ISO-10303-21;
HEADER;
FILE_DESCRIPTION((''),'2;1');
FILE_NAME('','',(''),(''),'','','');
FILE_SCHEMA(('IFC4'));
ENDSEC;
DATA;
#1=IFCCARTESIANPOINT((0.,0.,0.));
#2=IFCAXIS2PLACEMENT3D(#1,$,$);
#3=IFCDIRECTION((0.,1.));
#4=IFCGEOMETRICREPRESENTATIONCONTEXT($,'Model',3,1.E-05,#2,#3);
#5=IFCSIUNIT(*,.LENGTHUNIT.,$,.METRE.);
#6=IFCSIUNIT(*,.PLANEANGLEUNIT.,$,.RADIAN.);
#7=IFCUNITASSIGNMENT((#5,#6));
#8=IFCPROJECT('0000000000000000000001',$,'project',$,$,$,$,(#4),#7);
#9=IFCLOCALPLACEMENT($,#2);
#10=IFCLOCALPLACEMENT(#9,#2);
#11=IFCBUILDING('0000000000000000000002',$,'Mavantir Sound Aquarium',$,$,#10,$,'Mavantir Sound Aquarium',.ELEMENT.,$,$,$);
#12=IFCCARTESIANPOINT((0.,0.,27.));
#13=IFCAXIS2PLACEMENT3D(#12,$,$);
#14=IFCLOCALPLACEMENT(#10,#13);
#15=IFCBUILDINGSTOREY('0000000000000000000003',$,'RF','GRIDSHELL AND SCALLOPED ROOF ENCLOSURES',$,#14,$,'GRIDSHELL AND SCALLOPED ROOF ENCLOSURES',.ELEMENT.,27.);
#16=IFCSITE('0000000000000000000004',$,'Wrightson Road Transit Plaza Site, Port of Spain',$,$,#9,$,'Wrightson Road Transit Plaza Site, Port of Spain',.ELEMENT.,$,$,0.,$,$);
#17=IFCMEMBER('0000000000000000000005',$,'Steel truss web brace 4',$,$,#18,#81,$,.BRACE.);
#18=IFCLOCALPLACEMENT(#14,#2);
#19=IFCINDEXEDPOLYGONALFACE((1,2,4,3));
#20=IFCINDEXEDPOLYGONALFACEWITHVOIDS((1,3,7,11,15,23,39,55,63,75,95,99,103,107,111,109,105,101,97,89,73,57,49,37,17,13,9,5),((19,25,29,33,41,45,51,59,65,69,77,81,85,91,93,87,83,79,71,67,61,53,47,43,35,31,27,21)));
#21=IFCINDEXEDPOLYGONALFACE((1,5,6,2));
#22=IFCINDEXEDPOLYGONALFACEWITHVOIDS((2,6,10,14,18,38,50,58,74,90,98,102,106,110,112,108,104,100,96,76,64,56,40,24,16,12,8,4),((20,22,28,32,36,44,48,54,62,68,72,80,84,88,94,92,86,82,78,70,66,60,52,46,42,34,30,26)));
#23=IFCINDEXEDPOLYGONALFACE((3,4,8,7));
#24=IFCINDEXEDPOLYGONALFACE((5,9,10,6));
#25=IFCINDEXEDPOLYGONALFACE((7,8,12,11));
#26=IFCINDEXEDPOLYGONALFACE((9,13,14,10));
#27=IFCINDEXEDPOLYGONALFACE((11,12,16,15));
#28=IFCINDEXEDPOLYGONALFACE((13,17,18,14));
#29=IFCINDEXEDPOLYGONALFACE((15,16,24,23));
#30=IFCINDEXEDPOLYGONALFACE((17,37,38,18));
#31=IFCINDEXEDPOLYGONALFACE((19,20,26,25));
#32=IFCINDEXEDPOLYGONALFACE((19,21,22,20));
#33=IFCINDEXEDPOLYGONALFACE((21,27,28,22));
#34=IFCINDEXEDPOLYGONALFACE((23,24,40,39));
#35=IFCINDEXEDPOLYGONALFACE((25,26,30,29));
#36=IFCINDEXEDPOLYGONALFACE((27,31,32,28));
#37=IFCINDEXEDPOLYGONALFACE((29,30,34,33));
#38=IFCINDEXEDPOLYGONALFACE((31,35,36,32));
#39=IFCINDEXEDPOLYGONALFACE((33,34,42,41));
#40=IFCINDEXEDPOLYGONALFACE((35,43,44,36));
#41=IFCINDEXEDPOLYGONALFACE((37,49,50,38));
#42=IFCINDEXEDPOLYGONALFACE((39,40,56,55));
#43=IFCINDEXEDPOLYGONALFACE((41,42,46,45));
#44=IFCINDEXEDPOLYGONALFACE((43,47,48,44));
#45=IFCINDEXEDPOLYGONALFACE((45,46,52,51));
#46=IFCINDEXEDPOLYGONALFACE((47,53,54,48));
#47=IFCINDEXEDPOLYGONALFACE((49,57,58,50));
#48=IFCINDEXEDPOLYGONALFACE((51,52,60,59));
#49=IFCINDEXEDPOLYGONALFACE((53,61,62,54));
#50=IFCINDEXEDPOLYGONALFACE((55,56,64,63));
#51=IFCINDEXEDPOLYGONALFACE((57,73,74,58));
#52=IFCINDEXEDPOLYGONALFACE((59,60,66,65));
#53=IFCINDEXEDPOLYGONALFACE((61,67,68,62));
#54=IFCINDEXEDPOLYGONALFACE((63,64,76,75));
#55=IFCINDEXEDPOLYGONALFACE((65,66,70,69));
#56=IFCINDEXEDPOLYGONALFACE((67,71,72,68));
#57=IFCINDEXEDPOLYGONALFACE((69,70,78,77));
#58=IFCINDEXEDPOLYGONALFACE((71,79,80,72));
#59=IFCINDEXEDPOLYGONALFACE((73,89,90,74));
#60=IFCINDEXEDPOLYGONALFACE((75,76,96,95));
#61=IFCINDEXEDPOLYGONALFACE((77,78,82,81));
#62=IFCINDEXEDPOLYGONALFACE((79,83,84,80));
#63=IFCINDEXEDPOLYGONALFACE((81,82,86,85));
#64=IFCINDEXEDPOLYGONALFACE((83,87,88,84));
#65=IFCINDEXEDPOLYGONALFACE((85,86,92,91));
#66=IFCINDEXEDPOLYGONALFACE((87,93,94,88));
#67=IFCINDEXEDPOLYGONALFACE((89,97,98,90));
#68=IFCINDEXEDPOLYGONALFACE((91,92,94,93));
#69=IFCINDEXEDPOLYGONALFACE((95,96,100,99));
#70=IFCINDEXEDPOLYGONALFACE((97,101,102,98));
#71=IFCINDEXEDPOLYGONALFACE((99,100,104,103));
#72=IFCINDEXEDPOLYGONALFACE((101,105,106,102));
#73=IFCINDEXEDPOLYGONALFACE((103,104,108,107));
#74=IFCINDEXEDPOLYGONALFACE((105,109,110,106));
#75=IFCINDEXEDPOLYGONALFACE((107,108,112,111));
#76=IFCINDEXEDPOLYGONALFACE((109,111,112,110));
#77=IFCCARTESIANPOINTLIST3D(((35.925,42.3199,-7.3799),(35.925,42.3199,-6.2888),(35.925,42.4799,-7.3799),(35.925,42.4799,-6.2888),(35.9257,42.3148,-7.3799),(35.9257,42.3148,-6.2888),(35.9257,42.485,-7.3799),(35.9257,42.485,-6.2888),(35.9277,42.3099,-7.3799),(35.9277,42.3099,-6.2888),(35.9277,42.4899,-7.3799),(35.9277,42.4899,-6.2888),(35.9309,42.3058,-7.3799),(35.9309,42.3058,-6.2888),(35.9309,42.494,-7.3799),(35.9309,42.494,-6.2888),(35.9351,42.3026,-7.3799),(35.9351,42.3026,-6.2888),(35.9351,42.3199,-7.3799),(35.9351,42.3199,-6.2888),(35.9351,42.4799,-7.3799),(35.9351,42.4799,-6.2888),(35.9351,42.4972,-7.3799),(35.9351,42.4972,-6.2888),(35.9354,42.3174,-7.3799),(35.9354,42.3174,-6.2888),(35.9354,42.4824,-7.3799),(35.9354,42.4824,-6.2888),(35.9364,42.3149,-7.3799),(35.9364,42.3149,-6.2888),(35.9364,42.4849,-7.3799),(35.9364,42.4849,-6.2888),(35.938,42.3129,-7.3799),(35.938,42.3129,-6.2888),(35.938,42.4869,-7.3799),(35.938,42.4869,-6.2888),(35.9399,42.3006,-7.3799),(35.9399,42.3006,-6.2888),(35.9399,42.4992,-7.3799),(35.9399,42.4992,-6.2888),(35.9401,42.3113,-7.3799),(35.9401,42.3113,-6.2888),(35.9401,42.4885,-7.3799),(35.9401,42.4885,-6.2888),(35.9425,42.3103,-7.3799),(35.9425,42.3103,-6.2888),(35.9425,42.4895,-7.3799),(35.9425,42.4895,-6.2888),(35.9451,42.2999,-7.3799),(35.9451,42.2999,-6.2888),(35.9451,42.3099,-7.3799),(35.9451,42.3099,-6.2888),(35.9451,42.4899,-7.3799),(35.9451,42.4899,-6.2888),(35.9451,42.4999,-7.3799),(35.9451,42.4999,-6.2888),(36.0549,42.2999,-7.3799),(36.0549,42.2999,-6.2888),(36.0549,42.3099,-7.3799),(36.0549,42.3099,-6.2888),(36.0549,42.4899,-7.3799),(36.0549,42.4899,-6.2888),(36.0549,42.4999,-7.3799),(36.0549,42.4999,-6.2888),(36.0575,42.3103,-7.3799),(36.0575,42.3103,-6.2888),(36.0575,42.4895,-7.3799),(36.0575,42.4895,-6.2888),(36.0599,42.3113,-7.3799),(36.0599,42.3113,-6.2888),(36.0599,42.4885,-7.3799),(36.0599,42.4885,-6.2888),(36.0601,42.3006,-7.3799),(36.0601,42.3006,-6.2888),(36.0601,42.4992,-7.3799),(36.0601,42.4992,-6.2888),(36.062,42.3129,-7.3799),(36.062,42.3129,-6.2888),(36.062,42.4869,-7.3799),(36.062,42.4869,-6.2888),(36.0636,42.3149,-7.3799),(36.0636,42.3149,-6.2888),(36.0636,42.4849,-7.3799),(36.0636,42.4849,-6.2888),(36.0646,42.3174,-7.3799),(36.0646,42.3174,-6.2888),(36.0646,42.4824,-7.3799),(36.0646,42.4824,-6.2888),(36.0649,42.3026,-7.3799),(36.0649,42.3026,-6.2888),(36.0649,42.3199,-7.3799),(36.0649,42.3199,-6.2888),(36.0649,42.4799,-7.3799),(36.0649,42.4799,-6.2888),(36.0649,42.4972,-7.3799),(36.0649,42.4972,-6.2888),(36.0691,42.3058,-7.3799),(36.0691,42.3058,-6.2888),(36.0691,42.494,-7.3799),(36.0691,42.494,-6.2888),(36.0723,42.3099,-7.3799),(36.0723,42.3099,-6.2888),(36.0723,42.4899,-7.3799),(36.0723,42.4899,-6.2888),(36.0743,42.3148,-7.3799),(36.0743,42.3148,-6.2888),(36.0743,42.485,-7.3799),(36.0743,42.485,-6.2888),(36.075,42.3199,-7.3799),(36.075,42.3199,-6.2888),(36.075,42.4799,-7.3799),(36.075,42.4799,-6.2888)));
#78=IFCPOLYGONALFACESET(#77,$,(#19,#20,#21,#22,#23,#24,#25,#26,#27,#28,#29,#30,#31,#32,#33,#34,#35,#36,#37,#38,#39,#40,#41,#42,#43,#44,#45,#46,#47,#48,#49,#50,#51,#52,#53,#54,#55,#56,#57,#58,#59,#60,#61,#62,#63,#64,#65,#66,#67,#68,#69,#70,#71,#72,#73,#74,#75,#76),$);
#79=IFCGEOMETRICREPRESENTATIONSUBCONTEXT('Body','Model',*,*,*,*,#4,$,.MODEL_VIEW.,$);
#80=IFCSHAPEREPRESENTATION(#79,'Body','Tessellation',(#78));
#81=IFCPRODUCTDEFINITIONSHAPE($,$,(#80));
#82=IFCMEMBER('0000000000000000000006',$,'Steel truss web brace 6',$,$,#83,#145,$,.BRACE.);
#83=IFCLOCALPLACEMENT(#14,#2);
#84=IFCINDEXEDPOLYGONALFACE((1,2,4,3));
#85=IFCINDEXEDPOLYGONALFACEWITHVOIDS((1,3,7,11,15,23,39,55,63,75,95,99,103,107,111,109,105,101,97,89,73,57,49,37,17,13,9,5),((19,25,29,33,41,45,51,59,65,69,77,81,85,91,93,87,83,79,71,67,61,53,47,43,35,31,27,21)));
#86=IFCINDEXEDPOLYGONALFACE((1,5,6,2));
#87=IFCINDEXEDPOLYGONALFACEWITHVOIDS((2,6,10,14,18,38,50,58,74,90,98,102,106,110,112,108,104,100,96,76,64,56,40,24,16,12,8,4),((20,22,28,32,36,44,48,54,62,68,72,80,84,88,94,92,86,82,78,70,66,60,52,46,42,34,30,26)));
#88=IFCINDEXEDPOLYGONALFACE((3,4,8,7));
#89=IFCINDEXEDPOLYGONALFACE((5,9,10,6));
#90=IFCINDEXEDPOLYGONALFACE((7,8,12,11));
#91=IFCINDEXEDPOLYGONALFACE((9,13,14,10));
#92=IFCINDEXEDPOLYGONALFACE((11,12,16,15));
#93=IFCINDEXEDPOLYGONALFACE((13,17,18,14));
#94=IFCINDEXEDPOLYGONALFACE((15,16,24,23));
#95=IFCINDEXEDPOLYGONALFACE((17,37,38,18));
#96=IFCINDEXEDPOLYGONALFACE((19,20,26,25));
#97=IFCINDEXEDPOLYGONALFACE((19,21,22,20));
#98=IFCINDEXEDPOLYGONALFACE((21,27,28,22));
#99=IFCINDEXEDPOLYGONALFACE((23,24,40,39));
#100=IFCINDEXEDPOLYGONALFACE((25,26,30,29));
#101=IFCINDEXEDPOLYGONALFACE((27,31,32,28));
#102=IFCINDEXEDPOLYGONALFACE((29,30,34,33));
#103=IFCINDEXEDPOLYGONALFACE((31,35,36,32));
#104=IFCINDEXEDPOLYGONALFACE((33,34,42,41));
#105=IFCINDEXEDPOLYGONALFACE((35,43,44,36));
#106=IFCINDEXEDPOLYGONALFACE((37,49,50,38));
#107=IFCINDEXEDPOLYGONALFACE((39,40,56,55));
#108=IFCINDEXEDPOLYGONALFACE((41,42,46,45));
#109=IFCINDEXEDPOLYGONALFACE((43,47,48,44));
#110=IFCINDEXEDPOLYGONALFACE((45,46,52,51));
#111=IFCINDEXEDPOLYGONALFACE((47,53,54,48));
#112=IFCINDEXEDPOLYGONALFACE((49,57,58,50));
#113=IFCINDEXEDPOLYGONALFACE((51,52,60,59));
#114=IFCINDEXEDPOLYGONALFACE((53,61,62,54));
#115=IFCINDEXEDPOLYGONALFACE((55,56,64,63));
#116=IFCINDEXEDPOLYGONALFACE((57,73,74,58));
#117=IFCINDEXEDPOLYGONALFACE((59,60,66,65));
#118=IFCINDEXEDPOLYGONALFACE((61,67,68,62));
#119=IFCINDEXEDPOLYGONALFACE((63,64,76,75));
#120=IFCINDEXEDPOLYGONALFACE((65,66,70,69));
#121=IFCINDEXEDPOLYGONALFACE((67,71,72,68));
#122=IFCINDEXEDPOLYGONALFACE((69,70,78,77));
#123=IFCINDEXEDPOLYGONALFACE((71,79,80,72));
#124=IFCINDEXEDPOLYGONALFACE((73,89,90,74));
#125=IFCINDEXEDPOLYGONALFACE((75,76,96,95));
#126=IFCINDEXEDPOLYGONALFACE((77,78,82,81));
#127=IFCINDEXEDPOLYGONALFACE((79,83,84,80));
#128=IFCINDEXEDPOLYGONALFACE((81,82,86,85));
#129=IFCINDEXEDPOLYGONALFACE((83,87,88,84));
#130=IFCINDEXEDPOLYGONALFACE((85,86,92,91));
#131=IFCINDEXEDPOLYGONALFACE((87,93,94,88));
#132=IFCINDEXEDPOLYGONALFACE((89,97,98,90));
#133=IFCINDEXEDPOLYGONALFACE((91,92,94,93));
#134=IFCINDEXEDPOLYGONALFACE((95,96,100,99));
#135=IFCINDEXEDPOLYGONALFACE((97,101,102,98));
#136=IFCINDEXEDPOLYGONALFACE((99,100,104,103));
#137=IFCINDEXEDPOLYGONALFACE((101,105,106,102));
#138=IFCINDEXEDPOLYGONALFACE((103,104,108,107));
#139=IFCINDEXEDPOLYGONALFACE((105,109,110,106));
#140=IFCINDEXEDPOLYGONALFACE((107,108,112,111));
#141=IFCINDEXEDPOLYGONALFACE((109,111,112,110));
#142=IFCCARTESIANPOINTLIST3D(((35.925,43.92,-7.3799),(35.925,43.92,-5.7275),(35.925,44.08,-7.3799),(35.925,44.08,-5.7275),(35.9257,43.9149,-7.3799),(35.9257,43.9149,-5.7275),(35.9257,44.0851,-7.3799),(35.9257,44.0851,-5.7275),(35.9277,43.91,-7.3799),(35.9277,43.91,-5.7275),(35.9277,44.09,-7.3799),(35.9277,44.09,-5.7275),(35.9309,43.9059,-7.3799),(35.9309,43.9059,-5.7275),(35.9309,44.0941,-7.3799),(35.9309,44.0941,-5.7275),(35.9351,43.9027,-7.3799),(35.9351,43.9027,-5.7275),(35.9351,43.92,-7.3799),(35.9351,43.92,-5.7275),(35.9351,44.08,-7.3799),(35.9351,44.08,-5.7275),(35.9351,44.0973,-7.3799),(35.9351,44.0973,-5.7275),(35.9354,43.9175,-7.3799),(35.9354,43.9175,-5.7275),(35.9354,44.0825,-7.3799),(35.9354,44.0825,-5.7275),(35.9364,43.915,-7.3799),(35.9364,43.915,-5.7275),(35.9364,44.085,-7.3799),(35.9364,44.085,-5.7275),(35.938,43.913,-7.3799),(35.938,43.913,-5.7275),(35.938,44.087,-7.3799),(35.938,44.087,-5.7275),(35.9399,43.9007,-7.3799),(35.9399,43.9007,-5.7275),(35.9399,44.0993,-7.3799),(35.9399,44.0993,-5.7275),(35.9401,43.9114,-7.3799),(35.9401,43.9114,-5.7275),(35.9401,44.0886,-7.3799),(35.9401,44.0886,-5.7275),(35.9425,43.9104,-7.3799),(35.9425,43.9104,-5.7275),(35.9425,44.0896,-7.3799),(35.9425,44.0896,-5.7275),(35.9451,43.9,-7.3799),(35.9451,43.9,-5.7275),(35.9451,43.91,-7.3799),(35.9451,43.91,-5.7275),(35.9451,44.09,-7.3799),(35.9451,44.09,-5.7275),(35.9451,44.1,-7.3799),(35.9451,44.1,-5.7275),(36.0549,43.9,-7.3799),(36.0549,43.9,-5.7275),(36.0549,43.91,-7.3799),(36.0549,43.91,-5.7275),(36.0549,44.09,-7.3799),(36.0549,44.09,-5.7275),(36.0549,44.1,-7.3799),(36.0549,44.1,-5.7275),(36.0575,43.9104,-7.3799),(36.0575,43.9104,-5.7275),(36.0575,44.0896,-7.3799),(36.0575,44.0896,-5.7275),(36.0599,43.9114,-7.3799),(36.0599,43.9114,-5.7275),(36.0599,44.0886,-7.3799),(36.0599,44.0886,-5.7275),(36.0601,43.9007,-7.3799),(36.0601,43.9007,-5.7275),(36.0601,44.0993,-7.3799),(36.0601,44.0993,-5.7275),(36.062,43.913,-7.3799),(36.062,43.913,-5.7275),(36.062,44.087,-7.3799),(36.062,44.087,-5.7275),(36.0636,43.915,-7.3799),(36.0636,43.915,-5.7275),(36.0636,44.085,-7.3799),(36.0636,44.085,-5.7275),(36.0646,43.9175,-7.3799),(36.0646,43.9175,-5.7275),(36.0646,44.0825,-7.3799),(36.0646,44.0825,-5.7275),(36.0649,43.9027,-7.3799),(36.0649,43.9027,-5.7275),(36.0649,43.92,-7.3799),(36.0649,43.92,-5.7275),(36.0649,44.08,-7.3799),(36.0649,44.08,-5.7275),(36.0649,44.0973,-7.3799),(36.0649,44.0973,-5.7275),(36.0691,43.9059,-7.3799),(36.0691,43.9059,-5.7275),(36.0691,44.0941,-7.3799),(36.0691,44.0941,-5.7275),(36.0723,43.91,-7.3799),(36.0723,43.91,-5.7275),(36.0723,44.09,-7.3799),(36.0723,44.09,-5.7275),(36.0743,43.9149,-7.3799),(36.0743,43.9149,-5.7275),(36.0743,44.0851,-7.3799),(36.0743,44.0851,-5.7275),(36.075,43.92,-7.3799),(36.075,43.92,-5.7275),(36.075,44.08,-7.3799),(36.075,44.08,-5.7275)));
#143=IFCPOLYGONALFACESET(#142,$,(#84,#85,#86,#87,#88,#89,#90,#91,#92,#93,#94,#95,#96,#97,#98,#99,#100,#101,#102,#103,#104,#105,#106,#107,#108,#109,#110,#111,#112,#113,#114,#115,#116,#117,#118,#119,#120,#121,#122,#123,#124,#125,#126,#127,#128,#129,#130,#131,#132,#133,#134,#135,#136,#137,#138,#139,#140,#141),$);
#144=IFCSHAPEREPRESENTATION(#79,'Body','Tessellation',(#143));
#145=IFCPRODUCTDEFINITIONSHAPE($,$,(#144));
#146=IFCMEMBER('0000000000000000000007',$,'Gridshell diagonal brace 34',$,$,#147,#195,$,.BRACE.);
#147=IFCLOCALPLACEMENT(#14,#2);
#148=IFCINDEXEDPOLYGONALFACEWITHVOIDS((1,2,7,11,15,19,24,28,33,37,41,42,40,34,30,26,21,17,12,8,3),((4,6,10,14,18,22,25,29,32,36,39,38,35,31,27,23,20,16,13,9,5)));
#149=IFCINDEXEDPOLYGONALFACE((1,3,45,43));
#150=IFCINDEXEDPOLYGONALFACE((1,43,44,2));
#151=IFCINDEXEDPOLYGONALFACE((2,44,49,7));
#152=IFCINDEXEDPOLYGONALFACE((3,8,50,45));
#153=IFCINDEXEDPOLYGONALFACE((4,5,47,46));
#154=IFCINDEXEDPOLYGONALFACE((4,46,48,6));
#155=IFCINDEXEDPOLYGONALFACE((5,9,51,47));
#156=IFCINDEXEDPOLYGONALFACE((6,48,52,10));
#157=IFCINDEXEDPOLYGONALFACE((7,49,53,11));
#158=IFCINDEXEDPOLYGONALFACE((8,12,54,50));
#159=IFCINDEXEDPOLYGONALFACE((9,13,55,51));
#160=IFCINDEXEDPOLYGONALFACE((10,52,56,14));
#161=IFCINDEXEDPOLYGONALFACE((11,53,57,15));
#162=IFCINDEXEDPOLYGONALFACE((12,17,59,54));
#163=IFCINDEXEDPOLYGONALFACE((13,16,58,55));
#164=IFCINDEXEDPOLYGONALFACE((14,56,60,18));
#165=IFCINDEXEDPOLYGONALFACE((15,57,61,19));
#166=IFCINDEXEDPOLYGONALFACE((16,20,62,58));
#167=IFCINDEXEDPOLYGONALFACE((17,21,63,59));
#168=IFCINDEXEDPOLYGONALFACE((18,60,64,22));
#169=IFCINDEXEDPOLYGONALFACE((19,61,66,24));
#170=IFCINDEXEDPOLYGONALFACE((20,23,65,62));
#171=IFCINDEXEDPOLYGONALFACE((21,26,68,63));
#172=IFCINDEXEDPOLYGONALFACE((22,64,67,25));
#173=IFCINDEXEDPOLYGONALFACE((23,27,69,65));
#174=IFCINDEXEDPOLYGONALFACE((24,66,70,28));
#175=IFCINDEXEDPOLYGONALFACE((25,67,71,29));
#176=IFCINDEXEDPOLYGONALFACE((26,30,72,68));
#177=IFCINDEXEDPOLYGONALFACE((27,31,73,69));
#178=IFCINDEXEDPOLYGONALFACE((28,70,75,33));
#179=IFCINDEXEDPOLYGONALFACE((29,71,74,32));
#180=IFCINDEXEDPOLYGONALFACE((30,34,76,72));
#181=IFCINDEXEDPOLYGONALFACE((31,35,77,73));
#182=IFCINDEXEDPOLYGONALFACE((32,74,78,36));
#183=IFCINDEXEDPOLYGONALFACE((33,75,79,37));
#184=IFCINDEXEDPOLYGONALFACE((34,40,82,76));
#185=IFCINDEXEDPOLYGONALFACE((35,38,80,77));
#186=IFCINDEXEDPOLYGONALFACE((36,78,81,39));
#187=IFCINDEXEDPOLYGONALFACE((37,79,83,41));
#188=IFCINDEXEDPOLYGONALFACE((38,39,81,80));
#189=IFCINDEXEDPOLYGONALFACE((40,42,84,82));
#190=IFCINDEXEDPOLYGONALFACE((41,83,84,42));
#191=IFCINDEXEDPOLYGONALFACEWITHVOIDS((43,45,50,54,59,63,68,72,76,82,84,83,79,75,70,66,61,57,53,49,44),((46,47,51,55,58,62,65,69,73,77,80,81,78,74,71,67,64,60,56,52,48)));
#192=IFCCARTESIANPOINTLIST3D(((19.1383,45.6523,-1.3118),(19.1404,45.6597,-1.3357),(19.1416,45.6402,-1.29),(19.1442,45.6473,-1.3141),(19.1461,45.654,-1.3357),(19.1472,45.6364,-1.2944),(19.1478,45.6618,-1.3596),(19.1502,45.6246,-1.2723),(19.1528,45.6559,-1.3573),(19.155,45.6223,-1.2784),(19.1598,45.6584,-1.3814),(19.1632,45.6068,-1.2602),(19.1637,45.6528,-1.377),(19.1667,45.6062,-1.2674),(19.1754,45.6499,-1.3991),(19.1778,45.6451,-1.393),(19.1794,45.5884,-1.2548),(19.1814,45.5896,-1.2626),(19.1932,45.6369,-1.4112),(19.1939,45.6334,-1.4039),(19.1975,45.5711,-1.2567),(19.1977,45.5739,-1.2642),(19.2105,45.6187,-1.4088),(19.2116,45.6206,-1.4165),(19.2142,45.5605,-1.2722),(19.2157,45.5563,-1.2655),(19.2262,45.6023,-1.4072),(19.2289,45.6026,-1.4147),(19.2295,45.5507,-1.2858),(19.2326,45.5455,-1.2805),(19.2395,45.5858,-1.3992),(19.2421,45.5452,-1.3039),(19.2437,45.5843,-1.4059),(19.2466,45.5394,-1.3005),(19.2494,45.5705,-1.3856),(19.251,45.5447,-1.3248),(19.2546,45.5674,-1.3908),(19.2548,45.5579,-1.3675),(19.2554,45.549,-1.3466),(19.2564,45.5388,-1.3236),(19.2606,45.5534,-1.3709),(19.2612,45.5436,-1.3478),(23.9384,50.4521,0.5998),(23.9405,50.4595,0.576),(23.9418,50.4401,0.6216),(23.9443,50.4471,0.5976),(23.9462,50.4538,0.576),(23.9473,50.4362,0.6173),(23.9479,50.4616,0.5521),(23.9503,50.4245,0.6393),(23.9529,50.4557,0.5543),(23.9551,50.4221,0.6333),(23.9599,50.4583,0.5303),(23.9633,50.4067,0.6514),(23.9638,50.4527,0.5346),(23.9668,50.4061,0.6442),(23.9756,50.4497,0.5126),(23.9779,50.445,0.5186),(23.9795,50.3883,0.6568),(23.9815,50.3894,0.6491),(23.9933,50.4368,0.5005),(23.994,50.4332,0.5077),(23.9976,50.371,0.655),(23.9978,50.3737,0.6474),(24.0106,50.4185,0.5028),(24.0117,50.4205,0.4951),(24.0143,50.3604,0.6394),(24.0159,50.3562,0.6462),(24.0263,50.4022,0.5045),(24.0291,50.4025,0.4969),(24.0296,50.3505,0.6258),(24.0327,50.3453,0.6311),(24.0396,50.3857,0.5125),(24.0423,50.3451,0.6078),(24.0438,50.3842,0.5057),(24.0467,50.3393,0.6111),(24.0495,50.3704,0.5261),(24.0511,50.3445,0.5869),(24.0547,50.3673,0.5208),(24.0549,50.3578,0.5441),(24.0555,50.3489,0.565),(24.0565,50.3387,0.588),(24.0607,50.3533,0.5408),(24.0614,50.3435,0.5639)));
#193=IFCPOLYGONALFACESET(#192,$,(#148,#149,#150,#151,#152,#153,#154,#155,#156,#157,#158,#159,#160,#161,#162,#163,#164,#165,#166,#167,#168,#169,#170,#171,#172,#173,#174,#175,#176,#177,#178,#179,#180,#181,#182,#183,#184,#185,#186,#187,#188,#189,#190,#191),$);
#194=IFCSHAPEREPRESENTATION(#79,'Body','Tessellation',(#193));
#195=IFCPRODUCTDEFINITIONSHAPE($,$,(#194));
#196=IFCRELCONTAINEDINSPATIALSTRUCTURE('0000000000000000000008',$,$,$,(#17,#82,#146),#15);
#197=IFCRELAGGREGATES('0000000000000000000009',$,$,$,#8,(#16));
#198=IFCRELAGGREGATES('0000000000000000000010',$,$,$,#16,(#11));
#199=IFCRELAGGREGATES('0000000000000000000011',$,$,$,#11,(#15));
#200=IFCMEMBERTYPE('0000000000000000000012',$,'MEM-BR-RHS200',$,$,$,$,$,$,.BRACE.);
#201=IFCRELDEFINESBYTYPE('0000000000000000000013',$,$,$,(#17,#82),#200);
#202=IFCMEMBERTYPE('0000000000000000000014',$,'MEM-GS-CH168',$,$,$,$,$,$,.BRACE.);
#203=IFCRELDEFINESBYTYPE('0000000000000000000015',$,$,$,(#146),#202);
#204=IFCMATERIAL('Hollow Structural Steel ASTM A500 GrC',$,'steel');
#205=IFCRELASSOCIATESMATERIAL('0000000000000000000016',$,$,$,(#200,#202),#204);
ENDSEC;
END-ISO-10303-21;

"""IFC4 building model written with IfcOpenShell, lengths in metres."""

from ifc_helpers import new_model, si_unit, direction, frame, origin, origin_2d, place, context, subcontext, project, spatial, hollow_rectangle, hollow_circle, extrude, material, material_profile, profile_set, type_object, element, save


model = new_model("IFC4")

# Units and contexts
model_context = context("Model", 3, precision=1e-05, world=origin(), true_north=direction((0.0, 1.0)))
body_context = subcontext(model_context, "Body", "Model", "MODEL_VIEW")
ifc_project = project(units=[si_unit("LENGTHUNIT", "METRE"), si_unit("PLANEANGLEUNIT", "RADIAN")], contexts=[model_context])

# Site, building, storey
site_placement = place(None, origin())
site = spatial("IfcSite", under=ifc_project, at=site_placement, Name="Wrightson Road Transit Plaza Site, Port of Spain", LongName="Wrightson Road Transit Plaza Site, Port of Spain", CompositionType="ELEMENT", RefElevation=0.0)
building_placement = place(site_placement, origin())
building = spatial("IfcBuilding", under=site, at=building_placement, Name="Mavantir Sound Aquarium", LongName="Mavantir Sound Aquarium", CompositionType="ELEMENT")
storey_placement = place(building_placement, frame((0.0, 0.0, 27.0)))
storey = spatial("IfcBuildingStorey", under=building, at=storey_placement, Name="RF", Description="GRIDSHELL AND SCALLOPED ROOF ENCLOSURES", LongName="GRIDSHELL AND SCALLOPED ROOF ENCLOSURES", CompositionType="ELEMENT", Elevation=27.0)

# Members
ifc_material_1 = material(Name="Hollow Structural Steel ASTM A500 GrC", Category="steel")
ifc_material_profile_1 = material_profile(ifc_material_1, hollow_rectangle(XDim=0.1499, YDim=0.2, WallThickness=0.01, InnerFilletRadius=0.01, OuterFilletRadius=0.02, at=origin_2d()), Name="RHS 200X150X10")
ifc_profile_set_1 = profile_set([ifc_material_profile_1], Name="Hollow Structural Steel ASTM A500 GrC")
member_type_1 = type_object("IfcMemberType", Name="MEM-BR-RHS200", PredefinedType="BRACE", material=ifc_profile_set_1)
member_1_placement = place(storey_placement, frame((36.0, 42.3999, -7.3799), z_axis=(0.0, 0.0, 1.0), x_axis=(1.0, 0.0, 0.0)))
element("IfcMember", 1, at=member_1_placement, inside=storey, type_object=member_type_1, Name="Steel truss web brace 4", PredefinedType="BRACE", context=body_context, shape_type="SweptSolid", body=[
    extrude(hollow_rectangle(XDim=0.1499, YDim=0.2, WallThickness=0.01, InnerFilletRadius=0.01, OuterFilletRadius=0.02, at=origin_2d()), origin(), (0.0, 0.0, 1.0), 1.0911),
])
member_2_placement = place(storey_placement, frame((36.0, 44.0, -7.3799), z_axis=(0.0, 0.0, 1.0), x_axis=(1.0, 0.0, 0.0)))
element("IfcMember", 2, at=member_2_placement, inside=storey, type_object=member_type_1, Name="Steel truss web brace 6", PredefinedType="BRACE", context=body_context, shape_type="SweptSolid", body=[
    extrude(hollow_rectangle(XDim=0.1499, YDim=0.2, WallThickness=0.01, InnerFilletRadius=0.01, OuterFilletRadius=0.02, at=origin_2d()), origin(), (0.0, 0.0, 1.0), 1.6523),
])
ifc_material_profile_2 = material_profile(ifc_material_1, hollow_circle(Radius=0.0842, WallThickness=0.0081, at=origin_2d()), Name="CHS 168.3X8")
ifc_profile_set_2 = profile_set([ifc_material_profile_2], Name="Hollow Structural Steel ASTM A500 GrC")
member_type_2 = type_object("IfcMemberType", Name="MEM-GS-CH168", PredefinedType="BRACE", material=ifc_profile_set_2)
member_3_placement = place(storey_placement, frame((19.2, 45.6001, -1.3357), z_axis=(0.68065, 0.680615, 0.271069), x_axis=(-0.707089, 0.707125, 0.0)))
element("IfcMember", 3, at=member_3_placement, inside=storey, type_object=member_type_2, Name="Gridshell diagonal brace 34", PredefinedType="BRACE", context=body_context, shape_type="SweptSolid", body=[
    extrude(hollow_circle(Radius=0.0842, WallThickness=0.0081, at=origin_2d()), origin(), (0.0, 0.0, 1.0), 7.0522),
])

save(model, "model.ifc")
